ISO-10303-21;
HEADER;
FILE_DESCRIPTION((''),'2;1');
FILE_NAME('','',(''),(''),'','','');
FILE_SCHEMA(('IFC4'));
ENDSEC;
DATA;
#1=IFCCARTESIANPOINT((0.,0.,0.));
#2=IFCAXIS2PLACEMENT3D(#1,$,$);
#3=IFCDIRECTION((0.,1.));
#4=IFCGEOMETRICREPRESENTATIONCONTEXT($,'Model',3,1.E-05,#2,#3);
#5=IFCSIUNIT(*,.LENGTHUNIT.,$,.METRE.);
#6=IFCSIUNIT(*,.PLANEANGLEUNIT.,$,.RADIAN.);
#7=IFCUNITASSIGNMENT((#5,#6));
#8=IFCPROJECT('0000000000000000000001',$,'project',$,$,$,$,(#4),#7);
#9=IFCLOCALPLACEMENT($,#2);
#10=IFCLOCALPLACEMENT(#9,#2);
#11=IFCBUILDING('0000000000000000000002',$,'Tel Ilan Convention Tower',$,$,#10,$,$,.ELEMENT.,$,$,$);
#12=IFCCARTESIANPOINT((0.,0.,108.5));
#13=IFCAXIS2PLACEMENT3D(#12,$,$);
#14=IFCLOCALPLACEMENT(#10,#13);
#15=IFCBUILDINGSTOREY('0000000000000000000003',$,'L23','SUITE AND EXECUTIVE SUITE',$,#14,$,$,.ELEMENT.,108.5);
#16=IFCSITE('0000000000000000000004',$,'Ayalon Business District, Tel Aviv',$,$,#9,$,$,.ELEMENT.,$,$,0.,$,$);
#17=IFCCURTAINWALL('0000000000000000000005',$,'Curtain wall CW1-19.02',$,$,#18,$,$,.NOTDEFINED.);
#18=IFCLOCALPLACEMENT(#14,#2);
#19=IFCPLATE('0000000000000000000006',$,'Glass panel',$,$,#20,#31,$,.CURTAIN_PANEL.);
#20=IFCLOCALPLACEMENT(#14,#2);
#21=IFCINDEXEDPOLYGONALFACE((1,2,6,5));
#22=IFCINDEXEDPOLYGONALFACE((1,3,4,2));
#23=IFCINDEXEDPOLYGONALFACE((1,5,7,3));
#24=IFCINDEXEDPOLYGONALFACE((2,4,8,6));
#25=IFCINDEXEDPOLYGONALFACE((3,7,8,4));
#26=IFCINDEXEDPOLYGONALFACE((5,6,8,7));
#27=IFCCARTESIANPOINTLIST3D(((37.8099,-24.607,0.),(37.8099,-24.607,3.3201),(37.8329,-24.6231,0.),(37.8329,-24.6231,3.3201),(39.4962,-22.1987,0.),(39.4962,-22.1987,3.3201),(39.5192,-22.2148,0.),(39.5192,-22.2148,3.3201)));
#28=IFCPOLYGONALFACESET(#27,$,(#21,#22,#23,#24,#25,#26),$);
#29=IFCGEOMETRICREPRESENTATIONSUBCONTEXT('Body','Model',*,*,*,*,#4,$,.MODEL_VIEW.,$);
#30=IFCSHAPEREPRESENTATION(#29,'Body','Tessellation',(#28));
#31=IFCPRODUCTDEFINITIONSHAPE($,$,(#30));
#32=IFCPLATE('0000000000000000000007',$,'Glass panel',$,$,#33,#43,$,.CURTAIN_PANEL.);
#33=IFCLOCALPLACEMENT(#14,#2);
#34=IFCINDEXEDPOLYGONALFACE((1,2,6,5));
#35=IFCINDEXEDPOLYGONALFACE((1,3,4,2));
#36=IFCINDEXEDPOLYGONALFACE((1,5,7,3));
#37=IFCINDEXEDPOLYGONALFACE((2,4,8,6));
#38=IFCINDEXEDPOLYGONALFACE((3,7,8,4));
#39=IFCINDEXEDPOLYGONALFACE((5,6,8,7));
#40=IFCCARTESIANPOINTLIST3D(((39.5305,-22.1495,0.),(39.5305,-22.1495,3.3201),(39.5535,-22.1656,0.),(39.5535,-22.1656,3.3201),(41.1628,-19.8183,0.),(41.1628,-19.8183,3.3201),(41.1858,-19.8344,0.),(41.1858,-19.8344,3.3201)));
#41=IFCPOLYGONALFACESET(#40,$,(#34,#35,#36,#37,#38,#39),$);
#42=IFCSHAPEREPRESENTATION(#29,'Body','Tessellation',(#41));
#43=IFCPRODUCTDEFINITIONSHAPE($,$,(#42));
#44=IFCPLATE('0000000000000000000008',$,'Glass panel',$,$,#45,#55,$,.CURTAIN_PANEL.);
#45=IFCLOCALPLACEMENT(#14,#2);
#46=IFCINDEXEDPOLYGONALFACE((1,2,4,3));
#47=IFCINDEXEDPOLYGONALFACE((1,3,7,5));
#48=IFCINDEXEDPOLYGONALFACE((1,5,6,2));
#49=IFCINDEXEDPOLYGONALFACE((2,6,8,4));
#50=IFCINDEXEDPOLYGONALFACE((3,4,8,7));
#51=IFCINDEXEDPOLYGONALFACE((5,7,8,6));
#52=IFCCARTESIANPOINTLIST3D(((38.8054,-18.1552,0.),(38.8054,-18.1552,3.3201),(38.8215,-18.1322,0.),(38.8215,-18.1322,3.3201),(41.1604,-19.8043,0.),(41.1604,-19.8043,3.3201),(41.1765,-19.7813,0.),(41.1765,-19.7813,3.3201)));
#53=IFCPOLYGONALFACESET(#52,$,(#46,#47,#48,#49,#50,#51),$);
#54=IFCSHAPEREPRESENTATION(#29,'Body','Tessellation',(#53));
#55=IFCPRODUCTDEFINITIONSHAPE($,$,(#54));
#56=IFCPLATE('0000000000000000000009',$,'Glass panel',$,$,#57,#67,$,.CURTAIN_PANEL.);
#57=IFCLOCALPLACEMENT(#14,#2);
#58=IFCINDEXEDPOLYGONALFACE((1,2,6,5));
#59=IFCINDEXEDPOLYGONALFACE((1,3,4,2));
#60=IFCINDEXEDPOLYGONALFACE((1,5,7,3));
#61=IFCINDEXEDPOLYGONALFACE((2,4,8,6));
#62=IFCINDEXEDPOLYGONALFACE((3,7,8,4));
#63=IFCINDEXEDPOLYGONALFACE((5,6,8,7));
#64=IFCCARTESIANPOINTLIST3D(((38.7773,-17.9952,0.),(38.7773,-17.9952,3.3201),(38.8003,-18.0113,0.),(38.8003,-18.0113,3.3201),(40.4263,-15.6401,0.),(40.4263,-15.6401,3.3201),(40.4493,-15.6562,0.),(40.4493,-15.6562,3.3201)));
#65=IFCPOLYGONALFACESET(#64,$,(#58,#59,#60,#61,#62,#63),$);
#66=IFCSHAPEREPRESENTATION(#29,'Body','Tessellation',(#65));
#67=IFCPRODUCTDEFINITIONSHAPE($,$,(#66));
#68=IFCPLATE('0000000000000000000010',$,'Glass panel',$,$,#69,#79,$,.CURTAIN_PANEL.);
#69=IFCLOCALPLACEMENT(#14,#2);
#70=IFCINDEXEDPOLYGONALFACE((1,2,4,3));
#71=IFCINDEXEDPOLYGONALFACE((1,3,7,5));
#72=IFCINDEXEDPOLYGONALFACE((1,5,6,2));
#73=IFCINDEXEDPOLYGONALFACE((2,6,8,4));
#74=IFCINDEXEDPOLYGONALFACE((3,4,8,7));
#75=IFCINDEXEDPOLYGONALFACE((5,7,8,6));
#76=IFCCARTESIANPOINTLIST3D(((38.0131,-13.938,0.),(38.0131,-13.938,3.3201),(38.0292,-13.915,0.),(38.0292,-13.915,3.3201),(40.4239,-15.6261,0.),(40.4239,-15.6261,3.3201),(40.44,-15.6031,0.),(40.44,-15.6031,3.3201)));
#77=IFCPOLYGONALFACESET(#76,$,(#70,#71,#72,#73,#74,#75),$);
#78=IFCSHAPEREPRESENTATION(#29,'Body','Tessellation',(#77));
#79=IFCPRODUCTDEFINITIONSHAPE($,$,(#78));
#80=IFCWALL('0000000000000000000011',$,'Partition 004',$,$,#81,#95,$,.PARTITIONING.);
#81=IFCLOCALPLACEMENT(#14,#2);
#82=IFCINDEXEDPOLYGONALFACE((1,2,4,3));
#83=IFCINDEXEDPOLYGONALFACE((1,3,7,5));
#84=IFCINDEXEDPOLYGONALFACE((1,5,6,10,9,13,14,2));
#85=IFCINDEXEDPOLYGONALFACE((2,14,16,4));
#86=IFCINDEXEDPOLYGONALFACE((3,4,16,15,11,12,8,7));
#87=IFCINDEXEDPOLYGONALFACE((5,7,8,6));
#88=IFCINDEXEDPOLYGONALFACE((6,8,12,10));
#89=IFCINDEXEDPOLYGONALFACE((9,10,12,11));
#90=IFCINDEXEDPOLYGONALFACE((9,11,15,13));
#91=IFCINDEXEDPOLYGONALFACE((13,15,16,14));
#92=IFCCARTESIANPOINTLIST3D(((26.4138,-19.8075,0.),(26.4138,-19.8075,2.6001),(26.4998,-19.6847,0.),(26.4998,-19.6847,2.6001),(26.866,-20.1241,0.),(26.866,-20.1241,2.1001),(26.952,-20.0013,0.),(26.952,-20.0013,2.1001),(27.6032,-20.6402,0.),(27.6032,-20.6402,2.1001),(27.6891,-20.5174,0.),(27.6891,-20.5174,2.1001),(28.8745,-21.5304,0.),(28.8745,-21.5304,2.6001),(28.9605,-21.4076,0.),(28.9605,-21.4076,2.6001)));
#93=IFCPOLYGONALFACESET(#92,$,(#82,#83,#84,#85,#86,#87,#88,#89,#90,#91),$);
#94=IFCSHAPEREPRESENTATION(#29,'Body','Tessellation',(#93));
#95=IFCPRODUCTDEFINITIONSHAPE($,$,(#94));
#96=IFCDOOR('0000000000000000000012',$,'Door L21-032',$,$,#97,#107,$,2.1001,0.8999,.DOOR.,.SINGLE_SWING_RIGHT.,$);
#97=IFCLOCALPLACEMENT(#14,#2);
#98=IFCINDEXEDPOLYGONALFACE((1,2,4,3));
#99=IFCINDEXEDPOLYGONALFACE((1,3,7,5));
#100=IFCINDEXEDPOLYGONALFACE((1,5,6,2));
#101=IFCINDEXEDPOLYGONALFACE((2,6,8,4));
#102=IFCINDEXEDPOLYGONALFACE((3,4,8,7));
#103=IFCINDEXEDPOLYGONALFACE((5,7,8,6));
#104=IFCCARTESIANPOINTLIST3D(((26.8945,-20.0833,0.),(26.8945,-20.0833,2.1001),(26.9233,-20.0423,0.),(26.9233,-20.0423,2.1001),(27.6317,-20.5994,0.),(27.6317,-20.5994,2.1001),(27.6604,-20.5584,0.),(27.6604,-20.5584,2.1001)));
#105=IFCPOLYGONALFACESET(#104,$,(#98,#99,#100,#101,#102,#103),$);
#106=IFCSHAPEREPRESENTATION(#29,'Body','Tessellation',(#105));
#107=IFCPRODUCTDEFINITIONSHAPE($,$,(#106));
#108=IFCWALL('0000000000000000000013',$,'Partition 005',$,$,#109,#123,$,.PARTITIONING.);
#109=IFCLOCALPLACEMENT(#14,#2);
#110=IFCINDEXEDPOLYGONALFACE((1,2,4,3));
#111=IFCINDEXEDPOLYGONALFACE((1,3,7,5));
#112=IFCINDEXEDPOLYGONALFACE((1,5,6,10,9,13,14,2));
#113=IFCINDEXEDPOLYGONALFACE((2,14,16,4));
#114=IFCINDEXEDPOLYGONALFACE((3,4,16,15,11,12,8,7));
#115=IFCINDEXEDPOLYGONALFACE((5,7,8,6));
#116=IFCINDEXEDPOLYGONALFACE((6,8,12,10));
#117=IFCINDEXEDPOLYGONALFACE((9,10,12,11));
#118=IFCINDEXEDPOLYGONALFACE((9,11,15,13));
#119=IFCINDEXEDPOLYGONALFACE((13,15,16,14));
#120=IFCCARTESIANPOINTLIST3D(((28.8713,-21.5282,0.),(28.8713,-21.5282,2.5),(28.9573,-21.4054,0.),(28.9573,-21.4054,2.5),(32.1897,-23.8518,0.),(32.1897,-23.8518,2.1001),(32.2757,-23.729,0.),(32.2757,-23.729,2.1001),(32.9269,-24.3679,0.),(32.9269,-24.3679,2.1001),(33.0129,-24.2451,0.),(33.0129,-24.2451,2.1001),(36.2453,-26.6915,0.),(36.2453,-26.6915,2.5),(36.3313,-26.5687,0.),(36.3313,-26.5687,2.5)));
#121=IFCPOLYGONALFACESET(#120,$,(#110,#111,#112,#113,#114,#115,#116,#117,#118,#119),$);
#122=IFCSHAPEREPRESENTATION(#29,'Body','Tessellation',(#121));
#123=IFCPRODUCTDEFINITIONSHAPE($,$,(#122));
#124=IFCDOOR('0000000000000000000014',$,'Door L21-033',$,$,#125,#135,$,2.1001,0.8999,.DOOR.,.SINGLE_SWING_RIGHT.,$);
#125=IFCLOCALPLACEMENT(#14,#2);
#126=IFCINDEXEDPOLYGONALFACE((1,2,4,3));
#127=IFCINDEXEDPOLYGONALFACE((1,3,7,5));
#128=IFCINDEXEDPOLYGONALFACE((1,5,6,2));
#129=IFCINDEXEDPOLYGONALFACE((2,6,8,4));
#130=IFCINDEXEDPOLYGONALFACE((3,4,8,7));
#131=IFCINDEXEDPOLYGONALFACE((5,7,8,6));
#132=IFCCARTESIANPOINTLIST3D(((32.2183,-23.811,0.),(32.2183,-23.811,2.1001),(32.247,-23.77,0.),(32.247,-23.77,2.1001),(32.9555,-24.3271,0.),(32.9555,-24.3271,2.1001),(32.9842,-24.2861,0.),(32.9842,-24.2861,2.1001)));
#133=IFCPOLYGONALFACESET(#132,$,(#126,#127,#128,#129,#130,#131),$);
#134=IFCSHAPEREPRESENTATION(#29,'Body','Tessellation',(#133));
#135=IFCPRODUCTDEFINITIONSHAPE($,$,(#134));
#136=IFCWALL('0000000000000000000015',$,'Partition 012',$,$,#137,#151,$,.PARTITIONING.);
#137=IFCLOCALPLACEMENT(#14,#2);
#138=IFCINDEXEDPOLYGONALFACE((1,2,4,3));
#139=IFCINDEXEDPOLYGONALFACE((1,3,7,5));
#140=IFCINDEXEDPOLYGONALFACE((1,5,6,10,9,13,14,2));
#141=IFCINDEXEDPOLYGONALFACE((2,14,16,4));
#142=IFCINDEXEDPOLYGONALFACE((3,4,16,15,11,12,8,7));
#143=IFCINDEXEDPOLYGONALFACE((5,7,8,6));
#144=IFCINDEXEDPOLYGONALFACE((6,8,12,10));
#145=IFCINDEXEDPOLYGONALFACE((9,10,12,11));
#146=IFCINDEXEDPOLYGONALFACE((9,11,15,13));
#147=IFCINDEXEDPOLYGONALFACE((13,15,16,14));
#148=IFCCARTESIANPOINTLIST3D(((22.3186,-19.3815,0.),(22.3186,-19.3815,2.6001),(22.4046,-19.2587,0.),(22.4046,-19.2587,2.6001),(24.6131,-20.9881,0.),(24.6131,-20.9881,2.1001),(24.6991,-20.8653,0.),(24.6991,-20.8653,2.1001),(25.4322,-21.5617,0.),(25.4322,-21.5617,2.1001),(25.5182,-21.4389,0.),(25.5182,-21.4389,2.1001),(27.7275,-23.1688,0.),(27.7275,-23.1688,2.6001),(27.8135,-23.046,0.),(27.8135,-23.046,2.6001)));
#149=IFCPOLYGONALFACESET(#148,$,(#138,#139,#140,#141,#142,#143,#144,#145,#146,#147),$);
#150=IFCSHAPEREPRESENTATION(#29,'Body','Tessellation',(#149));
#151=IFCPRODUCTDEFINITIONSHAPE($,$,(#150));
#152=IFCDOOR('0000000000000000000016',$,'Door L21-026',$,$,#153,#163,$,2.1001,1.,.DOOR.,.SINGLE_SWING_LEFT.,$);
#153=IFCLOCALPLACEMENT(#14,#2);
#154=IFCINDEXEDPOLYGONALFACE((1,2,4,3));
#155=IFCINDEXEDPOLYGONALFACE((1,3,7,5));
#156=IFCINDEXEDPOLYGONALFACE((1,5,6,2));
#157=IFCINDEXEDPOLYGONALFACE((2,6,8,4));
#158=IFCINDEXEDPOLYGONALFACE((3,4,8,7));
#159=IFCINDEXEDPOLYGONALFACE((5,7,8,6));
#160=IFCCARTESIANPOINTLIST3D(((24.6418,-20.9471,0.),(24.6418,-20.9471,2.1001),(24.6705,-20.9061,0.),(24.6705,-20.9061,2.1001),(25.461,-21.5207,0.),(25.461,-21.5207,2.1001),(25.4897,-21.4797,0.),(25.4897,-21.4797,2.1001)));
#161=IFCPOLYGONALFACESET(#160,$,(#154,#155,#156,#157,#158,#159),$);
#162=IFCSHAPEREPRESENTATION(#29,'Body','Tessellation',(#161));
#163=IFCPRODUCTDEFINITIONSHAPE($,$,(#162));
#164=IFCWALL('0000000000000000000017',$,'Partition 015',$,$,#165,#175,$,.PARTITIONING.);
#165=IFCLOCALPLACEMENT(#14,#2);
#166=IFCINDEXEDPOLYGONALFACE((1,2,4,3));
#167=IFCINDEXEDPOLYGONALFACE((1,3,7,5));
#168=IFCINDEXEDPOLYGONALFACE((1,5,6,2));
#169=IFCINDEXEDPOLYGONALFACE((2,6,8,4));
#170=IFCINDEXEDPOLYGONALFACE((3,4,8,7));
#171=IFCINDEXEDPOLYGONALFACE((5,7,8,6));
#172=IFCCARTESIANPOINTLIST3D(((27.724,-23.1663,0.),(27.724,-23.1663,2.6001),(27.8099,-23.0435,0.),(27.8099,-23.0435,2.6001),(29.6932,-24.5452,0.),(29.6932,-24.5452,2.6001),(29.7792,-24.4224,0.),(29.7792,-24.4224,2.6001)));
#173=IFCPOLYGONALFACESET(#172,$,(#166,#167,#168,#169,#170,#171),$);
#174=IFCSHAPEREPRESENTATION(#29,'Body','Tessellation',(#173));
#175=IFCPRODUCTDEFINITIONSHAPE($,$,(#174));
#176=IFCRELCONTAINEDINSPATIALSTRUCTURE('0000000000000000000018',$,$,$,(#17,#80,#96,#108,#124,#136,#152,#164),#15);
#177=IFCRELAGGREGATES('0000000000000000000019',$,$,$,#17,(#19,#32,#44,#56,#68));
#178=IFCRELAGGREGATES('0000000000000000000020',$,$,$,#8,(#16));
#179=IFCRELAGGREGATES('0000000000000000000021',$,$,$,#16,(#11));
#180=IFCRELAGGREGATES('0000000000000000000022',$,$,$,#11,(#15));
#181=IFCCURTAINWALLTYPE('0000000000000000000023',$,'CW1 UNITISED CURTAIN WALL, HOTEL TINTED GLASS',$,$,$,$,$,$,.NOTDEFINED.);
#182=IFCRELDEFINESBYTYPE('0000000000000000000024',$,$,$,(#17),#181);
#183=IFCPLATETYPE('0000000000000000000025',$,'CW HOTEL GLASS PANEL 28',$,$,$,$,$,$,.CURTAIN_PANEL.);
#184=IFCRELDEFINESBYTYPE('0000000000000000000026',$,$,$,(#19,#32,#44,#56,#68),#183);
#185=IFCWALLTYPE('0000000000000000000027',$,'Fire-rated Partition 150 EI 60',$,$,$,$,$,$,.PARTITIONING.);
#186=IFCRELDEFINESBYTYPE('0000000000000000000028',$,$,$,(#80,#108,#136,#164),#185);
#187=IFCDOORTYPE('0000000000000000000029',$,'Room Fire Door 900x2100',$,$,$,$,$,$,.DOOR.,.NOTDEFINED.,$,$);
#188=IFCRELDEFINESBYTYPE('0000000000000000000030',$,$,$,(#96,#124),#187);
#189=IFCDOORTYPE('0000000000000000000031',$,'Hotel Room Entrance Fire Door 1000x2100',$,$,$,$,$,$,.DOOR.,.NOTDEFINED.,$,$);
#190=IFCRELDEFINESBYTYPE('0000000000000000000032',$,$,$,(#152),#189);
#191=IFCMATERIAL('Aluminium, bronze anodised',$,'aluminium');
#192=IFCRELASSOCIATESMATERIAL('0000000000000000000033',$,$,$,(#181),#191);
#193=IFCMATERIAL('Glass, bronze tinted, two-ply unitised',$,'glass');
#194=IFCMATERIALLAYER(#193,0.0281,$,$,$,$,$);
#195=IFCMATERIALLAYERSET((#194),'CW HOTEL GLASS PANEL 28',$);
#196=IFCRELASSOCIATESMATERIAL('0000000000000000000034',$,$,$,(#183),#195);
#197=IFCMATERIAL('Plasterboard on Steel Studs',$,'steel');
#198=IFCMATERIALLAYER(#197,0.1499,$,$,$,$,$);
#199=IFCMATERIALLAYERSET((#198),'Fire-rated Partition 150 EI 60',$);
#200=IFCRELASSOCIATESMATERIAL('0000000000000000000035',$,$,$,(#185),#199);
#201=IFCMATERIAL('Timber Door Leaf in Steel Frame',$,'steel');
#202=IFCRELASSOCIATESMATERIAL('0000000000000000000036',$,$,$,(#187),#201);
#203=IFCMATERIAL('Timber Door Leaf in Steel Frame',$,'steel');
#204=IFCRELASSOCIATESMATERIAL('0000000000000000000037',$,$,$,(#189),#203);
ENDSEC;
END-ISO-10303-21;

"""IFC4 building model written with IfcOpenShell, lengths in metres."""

from ifc_helpers import new_model, si_unit, direction, frame, frame_2d, origin, origin_2d, place, context, subcontext, project, spatial, rectangle, extrude, material, layer, layer_set, type_object, element, fill, aggregate, save


model = new_model("IFC4")

# Units and contexts
model_context = context("Model", 3, precision=1e-05, world=origin(), true_north=direction((0.0, 1.0)))
body_context = subcontext(model_context, "Body", "Model", "MODEL_VIEW")
ifc_project = project(units=[si_unit("LENGTHUNIT", "METRE"), si_unit("PLANEANGLEUNIT", "RADIAN")], contexts=[model_context])

# Site, building, storey
site_placement = place(None, origin())
site = spatial("IfcSite", under=ifc_project, at=site_placement, Name="Ayalon Business District, Tel Aviv", CompositionType="ELEMENT", RefElevation=0.0)
building_placement = place(site_placement, origin())
building = spatial("IfcBuilding", under=site, at=building_placement, Name="Tel Ilan Convention Tower", CompositionType="ELEMENT")
storey_placement = place(building_placement, frame((0.0, 0.0, 108.5)))
storey = spatial("IfcBuildingStorey", under=building, at=storey_placement, Name="L23", Description="SUITE AND EXECUTIVE SUITE", CompositionType="ELEMENT", Elevation=108.5)

# Curtain wall, plates
ifc_material_1 = material(Name="Aluminium, bronze anodised", Category="aluminium")
curtain_wall_type = type_object("IfcCurtainWallType", Name="CW1 UNITISED CURTAIN WALL, HOTEL TINTED GLASS", PredefinedType="NOTDEFINED", material=ifc_material_1)
curtain_wall_placement = place(storey_placement, origin())
curtain_wall = element("IfcCurtainWall", 1, at=curtain_wall_placement, inside=storey, type_object=curtain_wall_type, Name="Curtain wall CW1-19.02", PredefinedType="NOTDEFINED")
ifc_material_2 = material(Name="Glass, bronze tinted, two-ply unitised", Category="glass")
ifc_layer_1 = layer(ifc_material_2, 0.0281)
ifc_layer_set_1 = layer_set([ifc_layer_1], Name="CW HOTEL GLASS PANEL 28")
plate_type = type_object("IfcPlateType", Name="CW HOTEL GLASS PANEL 28", PredefinedType="CURTAIN_PANEL", material=ifc_layer_set_1)
plate_1_placement = place(storey_placement, frame((38.6646, -23.4109, 0.0), z_axis=(0.0, 0.0, 1.0), x_axis=(0.573576, 0.819152, 0.0)))
plate_1 = element("IfcPlate", 2, at=plate_1_placement, type_object=plate_type, Name="Glass panel", PredefinedType="CURTAIN_PANEL", context=body_context, shape_type="SweptSolid", body=[
    extrude(rectangle(XDim=2.9399, YDim=0.0281, at=origin_2d()), origin(), (0.0, 0.0, 1.0), 3.3201),
])
plate_2_placement = place(storey_placement, frame((40.3582, -20.9919, 0.0), z_axis=(0.0, 0.0, 1.0), x_axis=(0.573576, 0.819152, 0.0)))
plate_2 = element("IfcPlate", 3, at=plate_2_placement, type_object=plate_type, Name="Glass panel", PredefinedType="CURTAIN_PANEL", context=body_context, shape_type="SweptSolid", body=[
    extrude(rectangle(XDim=2.8459, YDim=0.0281, at=origin_2d()), origin(), (0.0, 0.0, 1.0), 3.3201),
])
plate_3_placement = place(storey_placement, frame((39.991, -18.9683, 0.0), z_axis=(0.0, 0.0, 1.0), x_axis=(-0.819152, 0.573576, 0.0)))
plate_3 = element("IfcPlate", 4, at=plate_3_placement, type_object=plate_type, Name="Glass panel", PredefinedType="CURTAIN_PANEL", context=body_context, shape_type="SweptSolid", body=[
    extrude(rectangle(XDim=2.875, YDim=0.0281, at=origin_2d()), origin(), (0.0, 0.0, 1.0), 3.3201),
])
plate_4_placement = place(storey_placement, frame((39.6133, -16.8257, 0.0), z_axis=(0.0, 0.0, 1.0), x_axis=(0.573576, 0.819152, 0.0)))
plate_4 = element("IfcPlate", 5, at=plate_4_placement, type_object=plate_type, Name="Glass panel", PredefinedType="CURTAIN_PANEL", context=body_context, shape_type="SweptSolid", body=[
    extrude(rectangle(XDim=2.875, YDim=0.0281, at=origin_2d()), origin(), (0.0, 0.0, 1.0), 3.3201),
])
plate_5_placement = place(storey_placement, frame((39.2266, -14.7705, 0.0), z_axis=(0.0, 0.0, 1.0), x_axis=(-0.819152, 0.573576, 0.0)))
plate_5 = element("IfcPlate", 6, at=plate_5_placement, type_object=plate_type, Name="Glass panel", PredefinedType="CURTAIN_PANEL", context=body_context, shape_type="SweptSolid", body=[
    extrude(rectangle(XDim=2.9431, YDim=0.0281, at=origin_2d()), origin(), (0.0, 0.0, 1.0), 3.3201),
])
aggregate(curtain_wall, [plate_1, plate_2, plate_3, plate_4, plate_5])

# Walls, openings, doors
ifc_material_3 = material(Name="Plasterboard on Steel Studs", Category="steel")
ifc_layer_2 = layer(ifc_material_3, 0.1499)
ifc_layer_set_2 = layer_set([ifc_layer_2], Name="Fire-rated Partition 150 EI 60")
wall_type_1 = type_object("IfcWallType", Name="Fire-rated Partition 150 EI 60", PredefinedType="PARTITIONING", material=ifc_layer_set_2)
wall_1_placement = place(storey_placement, frame((26.4568, -19.7461, 0.0), z_axis=(0.0, 0.0, 1.0), x_axis=(0.819167, -0.573555, 0.0)))
wall_1 = element("IfcWall", 7, at=wall_1_placement, inside=storey, type_object=wall_type_1, Name="Partition 004", PredefinedType="PARTITIONING", context=body_context, shape_type="SweptSolid", body=[
    extrude(rectangle(XDim=3.0039, YDim=0.1499, at=frame_2d((1.502, 0.0))), origin(), (0.0, 0.0, 1.0), 2.6001),
])
opening_1_placement = place(wall_1_placement, frame((0.552, 0.0, 0.0)))
opening_1 = element("IfcOpeningElement", 8, at=opening_1_placement, cuts=wall_1, PredefinedType="OPENING", context=body_context, shape_type="SweptSolid", body=[
    extrude(rectangle(XDim=0.8999, YDim=2.1001, at=frame_2d((0.45, 1.05))), frame((0.0, 0.085, 0.0), z_axis=(0.0, -1.0, 0.0), x_axis=(1.0, 0.0, 0.0)), (0.0, 0.0, 1.0), 0.1699),
])
ifc_material_4 = material(Name="Timber Door Leaf in Steel Frame", Category="steel")
door_type_1 = type_object("IfcDoorType", Name="Room Fire Door 900x2100", OperationType="NOTDEFINED", PredefinedType="DOOR", material=ifc_material_4)
door_1_placement = place(opening_1_placement, origin())
door_1 = element("IfcDoor", 9, at=door_1_placement, inside=storey, type_object=door_type_1, Name="Door L21-032", OperationType="SINGLE_SWING_RIGHT", OverallHeight=2.1001, OverallWidth=0.8999, PredefinedType="DOOR", context=body_context, shape_type="SweptSolid", body=[
    extrude(rectangle(XDim=0.8999, YDim=2.1001, at=frame_2d((0.45, 1.05))), frame((0.0, 0.0249, 0.0), z_axis=(0.0, -1.0, 0.0), x_axis=(1.0, 0.0, 0.0)), (0.0, 0.0, 1.0), 0.05),
])
fill(opening_1, door_1)
wall_2_placement = place(storey_placement, frame((28.9143, -21.4668, 0.0), z_axis=(0.0, 0.0, 1.0), x_axis=(0.819153, -0.573575, 0.0)))
wall_2 = element("IfcWall", 10, at=wall_2_placement, inside=storey, type_object=wall_type_1, Name="Partition 005", PredefinedType="PARTITIONING", context=body_context, shape_type="SweptSolid", body=[
    extrude(rectangle(XDim=9.002, YDim=0.1499, at=frame_2d((4.501, 0.0))), origin(), (0.0, 0.0, 1.0), 2.5),
])
opening_2_placement = place(wall_2_placement, frame((4.051, 0.0, 0.0)))
opening_2 = element("IfcOpeningElement", 11, at=opening_2_placement, cuts=wall_2, PredefinedType="OPENING", context=body_context, shape_type="SweptSolid", body=[
    extrude(rectangle(XDim=0.8999, YDim=2.1001, at=frame_2d((0.45, 1.05))), frame((0.0, 0.085, 0.0), z_axis=(0.0, -1.0, 0.0), x_axis=(1.0, 0.0, 0.0)), (0.0, 0.0, 1.0), 0.1699),
])
door_2_placement = place(opening_2_placement, origin())
door_2 = element("IfcDoor", 12, at=door_2_placement, inside=storey, type_object=door_type_1, Name="Door L21-033", OperationType="SINGLE_SWING_RIGHT", OverallHeight=2.1001, OverallWidth=0.8999, PredefinedType="DOOR", context=body_context, shape_type="SweptSolid", body=[
    extrude(rectangle(XDim=0.8999, YDim=2.1001, at=frame_2d((0.45, 1.05))), frame((0.0, 0.0249, 0.0), z_axis=(0.0, -1.0, 0.0), x_axis=(1.0, 0.0, 0.0)), (0.0, 0.0, 1.0), 0.05),
])
fill(opening_2, door_2)
wall_3_placement = place(storey_placement, frame((27.7705, -23.1074, 0.0), z_axis=(0.0, 0.0, 1.0), x_axis=(-0.819154, 0.573574, 0.0)))
wall_3 = element("IfcWall", 13, at=wall_3_placement, inside=storey, type_object=wall_type_1, Name="Partition 012", PredefinedType="PARTITIONING", context=body_context, shape_type="SweptSolid", body=[
    extrude(rectangle(XDim=6.603, YDim=0.1499, at=frame_2d((3.3015, 0.0))), origin(), (0.0, 0.0, 1.0), 2.6001),
])
opening_3_placement = place(wall_3_placement, frame((2.802, 0.0, 0.0)))
opening_3 = element("IfcOpeningElement", 14, at=opening_3_placement, cuts=wall_3, PredefinedType="OPENING", context=body_context, shape_type="SweptSolid", body=[
    extrude(rectangle(XDim=1.0, YDim=2.1001, at=frame_2d((0.5, 1.05))), frame((0.0, 0.085, 0.0), z_axis=(0.0, -1.0, 0.0), x_axis=(1.0, 0.0, 0.0)), (0.0, 0.0, 1.0), 0.1699),
])
ifc_material_5 = material(Name="Timber Door Leaf in Steel Frame", Category="steel")
door_type_2 = type_object("IfcDoorType", Name="Hotel Room Entrance Fire Door 1000x2100", OperationType="NOTDEFINED", PredefinedType="DOOR", material=ifc_material_5)
door_3_placement = place(opening_3_placement, origin())
door_3 = element("IfcDoor", 15, at=door_3_placement, inside=storey, type_object=door_type_2, Name="Door L21-026", OperationType="SINGLE_SWING_LEFT", OverallHeight=2.1001, OverallWidth=1.0, PredefinedType="DOOR", context=body_context, shape_type="SweptSolid", body=[
    extrude(rectangle(XDim=1.0, YDim=2.1001, at=frame_2d((0.5, 1.05))), frame((0.0, 0.0249, 0.0), z_axis=(0.0, -1.0, 0.0), x_axis=(1.0, 0.0, 0.0)), (0.0, 0.0, 1.0), 0.05),
])
fill(opening_3, door_3)

# Wall
wall_4_placement = place(storey_placement, frame((29.7363, -24.4839, 0.0), z_axis=(0.0, 0.0, 1.0), x_axis=(-0.819146, 0.573585, 0.0)))
element("IfcWall", 16, at=wall_4_placement, inside=storey, type_object=wall_type_1, Name="Partition 015", PredefinedType="PARTITIONING", context=body_context, shape_type="SweptSolid", body=[
    extrude(rectangle(XDim=2.4041, YDim=0.1499, at=frame_2d((1.2021, 0.0))), origin(), (0.0, 0.0, 1.0), 2.6001),
])

save(model, "model.ifc")
